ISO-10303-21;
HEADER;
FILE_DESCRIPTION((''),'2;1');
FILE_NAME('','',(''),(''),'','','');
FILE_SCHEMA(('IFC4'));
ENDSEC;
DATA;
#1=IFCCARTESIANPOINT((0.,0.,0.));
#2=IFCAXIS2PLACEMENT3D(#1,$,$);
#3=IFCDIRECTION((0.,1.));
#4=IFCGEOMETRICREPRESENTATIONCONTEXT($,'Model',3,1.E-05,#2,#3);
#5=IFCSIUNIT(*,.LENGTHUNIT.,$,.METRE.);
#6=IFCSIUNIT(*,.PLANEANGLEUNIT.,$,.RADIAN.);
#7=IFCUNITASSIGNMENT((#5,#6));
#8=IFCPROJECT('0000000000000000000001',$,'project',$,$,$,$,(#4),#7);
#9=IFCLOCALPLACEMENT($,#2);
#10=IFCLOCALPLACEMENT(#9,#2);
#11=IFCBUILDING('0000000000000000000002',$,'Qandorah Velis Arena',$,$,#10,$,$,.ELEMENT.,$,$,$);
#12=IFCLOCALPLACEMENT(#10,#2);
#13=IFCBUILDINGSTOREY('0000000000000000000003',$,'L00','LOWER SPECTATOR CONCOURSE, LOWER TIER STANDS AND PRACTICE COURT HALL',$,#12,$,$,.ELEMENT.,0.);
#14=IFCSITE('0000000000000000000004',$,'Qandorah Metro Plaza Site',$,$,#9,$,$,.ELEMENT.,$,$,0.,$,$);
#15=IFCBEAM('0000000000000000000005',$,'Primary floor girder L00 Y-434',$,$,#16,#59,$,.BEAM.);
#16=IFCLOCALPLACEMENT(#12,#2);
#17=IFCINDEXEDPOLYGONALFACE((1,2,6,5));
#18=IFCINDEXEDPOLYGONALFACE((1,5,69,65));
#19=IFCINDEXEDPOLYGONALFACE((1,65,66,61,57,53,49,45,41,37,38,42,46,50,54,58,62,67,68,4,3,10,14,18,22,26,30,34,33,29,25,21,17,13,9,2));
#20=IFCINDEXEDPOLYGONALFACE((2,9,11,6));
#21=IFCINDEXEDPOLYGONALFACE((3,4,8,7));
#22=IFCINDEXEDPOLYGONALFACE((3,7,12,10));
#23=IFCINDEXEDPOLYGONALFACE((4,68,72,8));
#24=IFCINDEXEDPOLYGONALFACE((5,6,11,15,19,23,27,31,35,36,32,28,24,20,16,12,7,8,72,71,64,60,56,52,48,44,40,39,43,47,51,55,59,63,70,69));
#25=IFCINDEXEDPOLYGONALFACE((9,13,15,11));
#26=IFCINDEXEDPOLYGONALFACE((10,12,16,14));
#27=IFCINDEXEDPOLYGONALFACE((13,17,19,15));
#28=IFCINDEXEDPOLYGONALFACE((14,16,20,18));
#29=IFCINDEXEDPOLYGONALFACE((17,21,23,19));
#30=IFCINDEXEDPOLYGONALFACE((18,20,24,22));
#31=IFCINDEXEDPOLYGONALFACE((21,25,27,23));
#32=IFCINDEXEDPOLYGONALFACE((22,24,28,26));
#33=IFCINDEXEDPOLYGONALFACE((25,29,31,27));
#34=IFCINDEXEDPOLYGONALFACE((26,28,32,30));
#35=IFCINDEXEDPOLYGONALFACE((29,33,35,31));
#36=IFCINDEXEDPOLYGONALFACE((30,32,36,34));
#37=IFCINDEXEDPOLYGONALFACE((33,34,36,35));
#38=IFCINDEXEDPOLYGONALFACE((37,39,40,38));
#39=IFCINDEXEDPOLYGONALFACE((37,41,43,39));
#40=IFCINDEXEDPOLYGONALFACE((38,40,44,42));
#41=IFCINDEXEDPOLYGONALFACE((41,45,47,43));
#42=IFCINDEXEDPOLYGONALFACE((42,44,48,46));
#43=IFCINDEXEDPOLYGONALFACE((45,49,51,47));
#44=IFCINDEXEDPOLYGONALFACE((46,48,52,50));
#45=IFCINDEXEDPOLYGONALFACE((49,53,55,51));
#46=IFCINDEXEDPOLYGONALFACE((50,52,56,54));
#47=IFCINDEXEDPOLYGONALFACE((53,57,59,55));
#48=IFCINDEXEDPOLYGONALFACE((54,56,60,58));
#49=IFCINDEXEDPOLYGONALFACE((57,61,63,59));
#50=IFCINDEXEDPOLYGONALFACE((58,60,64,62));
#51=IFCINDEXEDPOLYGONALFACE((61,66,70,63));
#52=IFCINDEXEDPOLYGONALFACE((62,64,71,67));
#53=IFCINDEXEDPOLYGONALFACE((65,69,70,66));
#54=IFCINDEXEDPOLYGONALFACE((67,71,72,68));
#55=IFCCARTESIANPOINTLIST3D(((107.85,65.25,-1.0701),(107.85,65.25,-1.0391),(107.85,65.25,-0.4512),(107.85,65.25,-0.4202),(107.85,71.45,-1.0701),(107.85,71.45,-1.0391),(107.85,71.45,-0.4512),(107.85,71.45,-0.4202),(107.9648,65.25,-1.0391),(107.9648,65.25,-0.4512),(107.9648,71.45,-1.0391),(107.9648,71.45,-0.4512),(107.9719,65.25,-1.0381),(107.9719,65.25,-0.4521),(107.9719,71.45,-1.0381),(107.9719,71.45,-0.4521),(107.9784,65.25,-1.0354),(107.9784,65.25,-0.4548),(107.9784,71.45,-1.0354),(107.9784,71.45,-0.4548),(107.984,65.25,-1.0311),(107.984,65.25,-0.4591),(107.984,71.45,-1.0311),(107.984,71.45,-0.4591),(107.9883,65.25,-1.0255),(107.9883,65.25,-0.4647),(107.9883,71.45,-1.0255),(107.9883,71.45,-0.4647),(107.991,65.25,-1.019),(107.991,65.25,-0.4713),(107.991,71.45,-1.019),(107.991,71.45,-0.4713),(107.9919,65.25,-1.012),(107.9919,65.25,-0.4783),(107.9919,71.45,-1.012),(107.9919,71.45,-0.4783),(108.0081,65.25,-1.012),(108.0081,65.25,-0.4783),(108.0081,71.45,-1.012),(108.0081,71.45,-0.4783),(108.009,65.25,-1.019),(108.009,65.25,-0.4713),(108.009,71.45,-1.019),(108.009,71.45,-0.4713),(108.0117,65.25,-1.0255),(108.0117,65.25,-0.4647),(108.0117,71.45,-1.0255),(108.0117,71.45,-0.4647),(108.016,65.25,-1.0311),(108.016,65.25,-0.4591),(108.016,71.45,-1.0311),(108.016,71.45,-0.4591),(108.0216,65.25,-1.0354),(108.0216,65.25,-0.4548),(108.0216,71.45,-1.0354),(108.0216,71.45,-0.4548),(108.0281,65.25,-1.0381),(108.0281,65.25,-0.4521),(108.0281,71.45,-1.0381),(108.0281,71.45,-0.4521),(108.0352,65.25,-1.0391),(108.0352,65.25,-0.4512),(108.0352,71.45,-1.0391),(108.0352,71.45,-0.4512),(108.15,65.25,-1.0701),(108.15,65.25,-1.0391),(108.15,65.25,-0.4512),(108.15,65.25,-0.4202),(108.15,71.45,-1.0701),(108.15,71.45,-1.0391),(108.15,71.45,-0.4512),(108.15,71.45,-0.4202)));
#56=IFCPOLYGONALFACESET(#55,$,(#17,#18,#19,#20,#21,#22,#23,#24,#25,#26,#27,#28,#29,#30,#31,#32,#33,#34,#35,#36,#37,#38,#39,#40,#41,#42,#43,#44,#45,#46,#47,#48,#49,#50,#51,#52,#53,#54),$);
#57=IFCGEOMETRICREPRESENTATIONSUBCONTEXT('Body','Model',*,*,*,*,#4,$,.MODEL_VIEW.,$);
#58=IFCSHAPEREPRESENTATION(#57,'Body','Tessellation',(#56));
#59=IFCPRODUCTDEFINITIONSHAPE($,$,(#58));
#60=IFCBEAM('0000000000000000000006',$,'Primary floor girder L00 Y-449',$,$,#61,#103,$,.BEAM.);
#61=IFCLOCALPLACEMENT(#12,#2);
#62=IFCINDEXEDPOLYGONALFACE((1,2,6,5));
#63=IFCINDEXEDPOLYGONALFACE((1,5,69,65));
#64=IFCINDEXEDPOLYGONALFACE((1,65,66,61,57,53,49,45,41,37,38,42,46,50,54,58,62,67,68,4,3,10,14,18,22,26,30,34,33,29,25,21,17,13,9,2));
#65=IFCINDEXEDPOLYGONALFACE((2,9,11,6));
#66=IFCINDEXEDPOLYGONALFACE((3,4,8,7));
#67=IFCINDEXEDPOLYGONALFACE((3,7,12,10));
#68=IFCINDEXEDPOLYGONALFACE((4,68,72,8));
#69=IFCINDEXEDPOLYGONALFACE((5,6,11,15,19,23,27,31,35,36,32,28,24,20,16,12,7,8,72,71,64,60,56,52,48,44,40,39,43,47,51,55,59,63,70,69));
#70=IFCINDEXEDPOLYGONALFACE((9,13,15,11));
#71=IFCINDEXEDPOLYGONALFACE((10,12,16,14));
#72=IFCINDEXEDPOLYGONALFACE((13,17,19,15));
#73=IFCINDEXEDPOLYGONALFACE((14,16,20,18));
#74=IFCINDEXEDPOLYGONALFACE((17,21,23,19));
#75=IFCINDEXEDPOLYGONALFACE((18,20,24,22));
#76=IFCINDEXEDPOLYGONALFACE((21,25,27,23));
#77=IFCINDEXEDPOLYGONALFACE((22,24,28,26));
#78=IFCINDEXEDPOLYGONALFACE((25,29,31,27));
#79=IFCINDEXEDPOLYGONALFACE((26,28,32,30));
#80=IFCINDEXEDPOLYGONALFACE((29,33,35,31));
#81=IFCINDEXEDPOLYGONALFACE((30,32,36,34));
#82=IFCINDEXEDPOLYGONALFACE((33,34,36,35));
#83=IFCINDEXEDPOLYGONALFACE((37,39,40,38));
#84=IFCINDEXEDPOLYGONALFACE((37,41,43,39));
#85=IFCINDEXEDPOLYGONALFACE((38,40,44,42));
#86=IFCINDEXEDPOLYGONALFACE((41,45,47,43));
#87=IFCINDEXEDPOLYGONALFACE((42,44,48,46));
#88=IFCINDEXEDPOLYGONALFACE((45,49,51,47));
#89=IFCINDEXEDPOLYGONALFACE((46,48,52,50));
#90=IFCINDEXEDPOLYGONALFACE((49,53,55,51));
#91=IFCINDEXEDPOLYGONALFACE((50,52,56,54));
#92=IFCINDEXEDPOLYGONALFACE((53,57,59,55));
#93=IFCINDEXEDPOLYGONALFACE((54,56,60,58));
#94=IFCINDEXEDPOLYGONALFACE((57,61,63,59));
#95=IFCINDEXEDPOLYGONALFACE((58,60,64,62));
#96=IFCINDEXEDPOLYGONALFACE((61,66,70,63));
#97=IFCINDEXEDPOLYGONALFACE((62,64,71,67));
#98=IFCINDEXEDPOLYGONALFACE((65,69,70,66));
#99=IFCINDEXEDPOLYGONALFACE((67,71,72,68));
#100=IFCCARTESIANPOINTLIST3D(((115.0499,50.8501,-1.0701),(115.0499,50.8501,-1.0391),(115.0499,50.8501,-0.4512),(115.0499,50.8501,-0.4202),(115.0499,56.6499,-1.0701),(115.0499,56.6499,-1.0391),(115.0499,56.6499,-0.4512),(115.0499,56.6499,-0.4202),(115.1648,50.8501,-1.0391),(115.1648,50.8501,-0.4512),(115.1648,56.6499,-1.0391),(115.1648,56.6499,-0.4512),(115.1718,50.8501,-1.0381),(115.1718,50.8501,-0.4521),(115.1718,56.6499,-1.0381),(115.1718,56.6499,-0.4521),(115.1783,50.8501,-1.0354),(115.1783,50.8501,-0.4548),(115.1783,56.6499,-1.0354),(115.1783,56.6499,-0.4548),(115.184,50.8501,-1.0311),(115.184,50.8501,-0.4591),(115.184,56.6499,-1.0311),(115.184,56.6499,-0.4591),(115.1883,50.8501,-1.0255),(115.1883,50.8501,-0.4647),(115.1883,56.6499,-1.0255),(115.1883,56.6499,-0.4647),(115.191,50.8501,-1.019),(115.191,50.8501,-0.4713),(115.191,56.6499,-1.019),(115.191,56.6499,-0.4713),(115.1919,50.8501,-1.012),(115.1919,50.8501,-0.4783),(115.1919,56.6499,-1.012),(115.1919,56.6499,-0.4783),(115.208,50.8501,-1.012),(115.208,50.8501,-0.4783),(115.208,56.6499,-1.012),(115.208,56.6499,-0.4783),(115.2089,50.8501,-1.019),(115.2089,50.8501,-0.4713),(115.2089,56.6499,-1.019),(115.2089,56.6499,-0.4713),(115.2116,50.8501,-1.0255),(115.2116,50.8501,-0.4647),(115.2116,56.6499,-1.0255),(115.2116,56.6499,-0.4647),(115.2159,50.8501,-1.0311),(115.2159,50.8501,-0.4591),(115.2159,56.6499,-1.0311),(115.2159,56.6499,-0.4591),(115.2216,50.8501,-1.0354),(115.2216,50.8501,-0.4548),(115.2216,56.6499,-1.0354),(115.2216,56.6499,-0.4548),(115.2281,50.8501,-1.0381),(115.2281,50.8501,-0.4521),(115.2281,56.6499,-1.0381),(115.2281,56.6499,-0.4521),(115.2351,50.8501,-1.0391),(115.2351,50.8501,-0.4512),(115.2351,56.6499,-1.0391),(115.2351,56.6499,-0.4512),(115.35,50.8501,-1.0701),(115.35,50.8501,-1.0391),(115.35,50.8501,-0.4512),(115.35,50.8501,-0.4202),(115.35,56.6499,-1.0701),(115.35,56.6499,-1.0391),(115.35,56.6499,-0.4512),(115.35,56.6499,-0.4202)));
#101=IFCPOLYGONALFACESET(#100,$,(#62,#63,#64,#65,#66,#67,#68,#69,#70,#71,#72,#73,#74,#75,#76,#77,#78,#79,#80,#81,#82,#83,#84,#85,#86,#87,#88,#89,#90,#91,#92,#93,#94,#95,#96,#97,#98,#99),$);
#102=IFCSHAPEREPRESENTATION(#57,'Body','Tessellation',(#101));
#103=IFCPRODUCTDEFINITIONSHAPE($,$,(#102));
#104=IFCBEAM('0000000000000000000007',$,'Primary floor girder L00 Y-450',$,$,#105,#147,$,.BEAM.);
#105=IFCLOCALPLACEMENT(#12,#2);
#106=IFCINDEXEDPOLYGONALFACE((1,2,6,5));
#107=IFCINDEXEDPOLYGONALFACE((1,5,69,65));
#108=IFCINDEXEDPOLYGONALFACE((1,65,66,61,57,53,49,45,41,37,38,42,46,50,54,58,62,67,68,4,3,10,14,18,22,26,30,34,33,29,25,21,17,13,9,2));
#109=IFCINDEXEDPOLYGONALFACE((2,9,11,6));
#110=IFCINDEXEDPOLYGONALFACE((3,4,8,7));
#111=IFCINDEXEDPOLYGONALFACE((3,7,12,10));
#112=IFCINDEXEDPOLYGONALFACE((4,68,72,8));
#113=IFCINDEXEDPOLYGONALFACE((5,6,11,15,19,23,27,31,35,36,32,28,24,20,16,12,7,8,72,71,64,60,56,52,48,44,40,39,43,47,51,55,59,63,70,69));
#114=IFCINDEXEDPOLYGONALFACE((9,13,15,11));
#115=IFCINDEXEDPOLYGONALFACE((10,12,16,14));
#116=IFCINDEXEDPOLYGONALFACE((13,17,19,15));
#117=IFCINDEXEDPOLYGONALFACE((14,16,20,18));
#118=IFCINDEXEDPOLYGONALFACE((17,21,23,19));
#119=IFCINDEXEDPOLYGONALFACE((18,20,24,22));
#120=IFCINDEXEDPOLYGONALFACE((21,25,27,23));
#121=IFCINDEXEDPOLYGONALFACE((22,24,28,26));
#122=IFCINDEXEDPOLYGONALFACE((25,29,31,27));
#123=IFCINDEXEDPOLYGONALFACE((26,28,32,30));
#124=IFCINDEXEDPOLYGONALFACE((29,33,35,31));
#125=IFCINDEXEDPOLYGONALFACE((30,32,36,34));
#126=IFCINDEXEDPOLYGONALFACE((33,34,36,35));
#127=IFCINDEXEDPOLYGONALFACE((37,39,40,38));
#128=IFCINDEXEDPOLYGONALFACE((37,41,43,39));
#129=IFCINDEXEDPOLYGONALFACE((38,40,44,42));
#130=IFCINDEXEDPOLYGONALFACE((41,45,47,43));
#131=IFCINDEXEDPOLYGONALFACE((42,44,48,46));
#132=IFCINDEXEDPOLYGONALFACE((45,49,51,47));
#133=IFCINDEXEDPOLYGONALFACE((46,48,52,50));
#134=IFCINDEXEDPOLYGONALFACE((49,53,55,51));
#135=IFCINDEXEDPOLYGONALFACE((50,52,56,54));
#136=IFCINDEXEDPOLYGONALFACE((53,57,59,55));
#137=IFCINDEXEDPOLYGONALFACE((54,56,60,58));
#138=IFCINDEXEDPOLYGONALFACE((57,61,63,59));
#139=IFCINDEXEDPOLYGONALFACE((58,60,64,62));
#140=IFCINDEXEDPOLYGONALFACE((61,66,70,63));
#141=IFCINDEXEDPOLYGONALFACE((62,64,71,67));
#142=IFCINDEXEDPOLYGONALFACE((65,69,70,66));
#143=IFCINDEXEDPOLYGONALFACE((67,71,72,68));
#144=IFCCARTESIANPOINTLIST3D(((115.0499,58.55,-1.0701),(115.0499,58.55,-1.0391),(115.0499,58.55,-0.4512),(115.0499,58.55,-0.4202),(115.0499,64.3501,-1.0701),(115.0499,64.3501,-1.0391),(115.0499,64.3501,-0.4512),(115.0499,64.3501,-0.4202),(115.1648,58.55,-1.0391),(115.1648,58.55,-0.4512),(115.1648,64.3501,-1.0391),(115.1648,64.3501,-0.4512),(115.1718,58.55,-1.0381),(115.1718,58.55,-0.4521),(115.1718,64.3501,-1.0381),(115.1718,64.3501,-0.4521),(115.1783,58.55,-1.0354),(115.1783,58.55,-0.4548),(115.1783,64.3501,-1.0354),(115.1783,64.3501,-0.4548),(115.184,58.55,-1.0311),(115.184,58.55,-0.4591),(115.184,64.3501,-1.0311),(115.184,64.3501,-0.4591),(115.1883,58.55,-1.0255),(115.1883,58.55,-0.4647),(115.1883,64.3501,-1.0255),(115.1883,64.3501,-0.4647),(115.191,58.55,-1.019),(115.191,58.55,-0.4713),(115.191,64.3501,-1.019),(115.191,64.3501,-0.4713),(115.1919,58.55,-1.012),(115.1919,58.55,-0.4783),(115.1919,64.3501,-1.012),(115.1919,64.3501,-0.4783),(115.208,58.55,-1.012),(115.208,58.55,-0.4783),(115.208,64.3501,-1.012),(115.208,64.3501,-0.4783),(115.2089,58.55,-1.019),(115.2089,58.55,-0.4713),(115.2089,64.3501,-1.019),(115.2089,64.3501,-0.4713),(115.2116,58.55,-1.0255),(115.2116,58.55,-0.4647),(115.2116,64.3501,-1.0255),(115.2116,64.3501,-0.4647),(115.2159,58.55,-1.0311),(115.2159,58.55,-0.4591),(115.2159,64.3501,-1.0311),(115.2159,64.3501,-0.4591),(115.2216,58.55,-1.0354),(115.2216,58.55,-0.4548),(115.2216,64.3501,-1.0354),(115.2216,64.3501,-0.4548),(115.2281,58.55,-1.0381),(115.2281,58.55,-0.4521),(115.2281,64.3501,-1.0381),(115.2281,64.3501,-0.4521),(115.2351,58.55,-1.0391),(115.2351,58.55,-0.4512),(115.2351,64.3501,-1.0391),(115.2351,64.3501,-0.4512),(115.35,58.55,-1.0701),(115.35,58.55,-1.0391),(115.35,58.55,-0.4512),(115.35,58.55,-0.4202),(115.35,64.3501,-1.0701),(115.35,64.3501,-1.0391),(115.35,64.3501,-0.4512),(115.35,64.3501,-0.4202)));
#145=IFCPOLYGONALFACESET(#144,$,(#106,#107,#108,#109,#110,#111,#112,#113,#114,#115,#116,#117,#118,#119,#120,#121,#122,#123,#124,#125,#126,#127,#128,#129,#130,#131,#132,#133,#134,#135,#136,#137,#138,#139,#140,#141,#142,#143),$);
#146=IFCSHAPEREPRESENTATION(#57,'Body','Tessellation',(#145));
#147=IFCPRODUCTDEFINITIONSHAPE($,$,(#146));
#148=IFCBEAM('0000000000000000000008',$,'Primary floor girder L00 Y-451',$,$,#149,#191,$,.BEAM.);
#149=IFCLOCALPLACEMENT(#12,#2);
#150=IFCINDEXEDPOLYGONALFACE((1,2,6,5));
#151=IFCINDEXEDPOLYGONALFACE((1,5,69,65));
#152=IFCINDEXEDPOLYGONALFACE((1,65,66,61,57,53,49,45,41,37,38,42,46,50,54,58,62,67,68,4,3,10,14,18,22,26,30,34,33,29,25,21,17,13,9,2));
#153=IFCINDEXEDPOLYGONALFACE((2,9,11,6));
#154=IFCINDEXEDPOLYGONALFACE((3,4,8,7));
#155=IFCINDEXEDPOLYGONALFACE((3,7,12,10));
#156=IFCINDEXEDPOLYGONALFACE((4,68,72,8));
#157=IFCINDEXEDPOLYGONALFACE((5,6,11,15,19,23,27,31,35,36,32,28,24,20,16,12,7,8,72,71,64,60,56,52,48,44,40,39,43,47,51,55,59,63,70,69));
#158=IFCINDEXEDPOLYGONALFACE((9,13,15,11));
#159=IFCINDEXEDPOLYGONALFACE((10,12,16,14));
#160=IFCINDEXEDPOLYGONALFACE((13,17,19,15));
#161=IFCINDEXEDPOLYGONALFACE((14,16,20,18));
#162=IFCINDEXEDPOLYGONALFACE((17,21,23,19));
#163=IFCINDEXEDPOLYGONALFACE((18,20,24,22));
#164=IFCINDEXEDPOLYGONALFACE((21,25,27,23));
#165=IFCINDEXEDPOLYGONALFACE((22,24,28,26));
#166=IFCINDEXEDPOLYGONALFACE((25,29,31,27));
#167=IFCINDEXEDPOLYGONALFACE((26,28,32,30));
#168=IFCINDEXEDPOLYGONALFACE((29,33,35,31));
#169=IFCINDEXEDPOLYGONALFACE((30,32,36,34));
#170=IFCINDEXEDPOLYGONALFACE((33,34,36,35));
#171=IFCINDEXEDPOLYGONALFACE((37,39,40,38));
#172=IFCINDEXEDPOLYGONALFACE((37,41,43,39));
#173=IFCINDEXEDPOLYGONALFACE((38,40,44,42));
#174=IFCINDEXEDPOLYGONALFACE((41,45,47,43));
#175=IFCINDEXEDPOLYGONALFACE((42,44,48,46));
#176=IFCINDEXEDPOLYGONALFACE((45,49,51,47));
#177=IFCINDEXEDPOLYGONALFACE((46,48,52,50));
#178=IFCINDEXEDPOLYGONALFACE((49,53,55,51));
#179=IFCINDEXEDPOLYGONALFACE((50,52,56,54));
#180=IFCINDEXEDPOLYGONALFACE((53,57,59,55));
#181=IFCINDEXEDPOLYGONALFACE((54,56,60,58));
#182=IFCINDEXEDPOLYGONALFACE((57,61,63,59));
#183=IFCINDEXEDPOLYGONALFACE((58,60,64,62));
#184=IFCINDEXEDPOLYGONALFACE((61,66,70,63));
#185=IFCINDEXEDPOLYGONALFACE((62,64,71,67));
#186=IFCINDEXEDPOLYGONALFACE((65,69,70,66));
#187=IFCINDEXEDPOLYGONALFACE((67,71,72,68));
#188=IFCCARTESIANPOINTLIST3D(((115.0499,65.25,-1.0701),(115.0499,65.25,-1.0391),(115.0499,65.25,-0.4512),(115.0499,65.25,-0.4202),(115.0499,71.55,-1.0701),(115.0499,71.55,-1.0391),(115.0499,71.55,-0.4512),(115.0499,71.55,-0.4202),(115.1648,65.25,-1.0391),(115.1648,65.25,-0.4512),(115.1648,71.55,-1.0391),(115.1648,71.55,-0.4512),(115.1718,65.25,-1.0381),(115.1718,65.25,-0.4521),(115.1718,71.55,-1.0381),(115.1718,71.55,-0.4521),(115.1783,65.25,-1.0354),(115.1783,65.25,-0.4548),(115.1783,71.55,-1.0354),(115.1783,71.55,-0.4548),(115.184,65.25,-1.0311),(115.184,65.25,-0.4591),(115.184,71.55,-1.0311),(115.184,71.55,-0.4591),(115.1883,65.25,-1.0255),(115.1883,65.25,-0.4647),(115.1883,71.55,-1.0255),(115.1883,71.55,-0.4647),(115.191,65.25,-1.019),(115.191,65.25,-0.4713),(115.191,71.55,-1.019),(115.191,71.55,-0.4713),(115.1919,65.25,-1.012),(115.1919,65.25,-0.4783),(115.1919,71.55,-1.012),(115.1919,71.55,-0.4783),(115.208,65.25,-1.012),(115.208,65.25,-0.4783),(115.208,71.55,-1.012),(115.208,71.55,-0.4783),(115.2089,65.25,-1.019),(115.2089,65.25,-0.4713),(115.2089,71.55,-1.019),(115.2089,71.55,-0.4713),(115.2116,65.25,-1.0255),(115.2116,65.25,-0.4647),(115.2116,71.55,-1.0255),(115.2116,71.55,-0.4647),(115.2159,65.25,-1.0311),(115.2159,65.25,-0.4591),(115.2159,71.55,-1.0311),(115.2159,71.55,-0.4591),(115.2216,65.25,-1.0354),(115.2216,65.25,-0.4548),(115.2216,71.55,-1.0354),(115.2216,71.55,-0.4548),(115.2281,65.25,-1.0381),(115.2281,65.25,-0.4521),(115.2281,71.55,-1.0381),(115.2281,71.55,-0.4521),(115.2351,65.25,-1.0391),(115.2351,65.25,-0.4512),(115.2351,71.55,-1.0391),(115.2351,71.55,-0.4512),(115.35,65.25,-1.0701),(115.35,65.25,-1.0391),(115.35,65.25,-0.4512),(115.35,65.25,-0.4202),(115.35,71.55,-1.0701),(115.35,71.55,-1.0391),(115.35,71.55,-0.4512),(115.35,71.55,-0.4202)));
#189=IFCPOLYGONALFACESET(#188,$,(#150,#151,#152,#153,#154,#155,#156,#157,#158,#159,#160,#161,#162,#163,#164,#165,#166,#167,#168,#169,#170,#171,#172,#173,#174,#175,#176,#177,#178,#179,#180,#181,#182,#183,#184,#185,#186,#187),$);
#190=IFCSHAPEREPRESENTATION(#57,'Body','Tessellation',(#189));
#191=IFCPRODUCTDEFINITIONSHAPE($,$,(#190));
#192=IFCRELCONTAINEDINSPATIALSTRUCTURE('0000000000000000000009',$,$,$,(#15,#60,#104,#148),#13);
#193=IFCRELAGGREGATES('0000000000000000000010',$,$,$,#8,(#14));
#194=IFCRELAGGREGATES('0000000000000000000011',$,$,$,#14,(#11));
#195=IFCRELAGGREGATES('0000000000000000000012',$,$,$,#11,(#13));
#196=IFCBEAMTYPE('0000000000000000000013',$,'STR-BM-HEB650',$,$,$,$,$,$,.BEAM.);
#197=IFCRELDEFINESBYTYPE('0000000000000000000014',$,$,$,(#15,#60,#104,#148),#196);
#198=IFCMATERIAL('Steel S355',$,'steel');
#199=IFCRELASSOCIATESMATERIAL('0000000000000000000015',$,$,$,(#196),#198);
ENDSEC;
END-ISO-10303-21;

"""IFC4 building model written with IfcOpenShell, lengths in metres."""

from ifc_helpers import new_model, si_unit, direction, frame, origin, origin_2d, place, context, subcontext, project, spatial, i_section, extrude, material, material_profile, profile_set, type_object, element, save


model = new_model("IFC4")

# Units and contexts
model_context = context("Model", 3, precision=1e-05, world=origin(), true_north=direction((0.0, 1.0)))
body_context = subcontext(model_context, "Body", "Model", "MODEL_VIEW")
ifc_project = project(units=[si_unit("LENGTHUNIT", "METRE"), si_unit("PLANEANGLEUNIT", "RADIAN")], contexts=[model_context])

# Site, building, storey
site_placement = place(None, origin())
site = spatial("IfcSite", under=ifc_project, at=site_placement, Name="Qandorah Metro Plaza Site", CompositionType="ELEMENT", RefElevation=0.0)
building_placement = place(site_placement, origin())
building = spatial("IfcBuilding", under=site, at=building_placement, Name="Qandorah Velis Arena", CompositionType="ELEMENT")
storey_placement = place(building_placement, origin())
storey = spatial("IfcBuildingStorey", under=building, at=storey_placement, Name="L00", Description="LOWER SPECTATOR CONCOURSE, LOWER TIER STANDS AND PRACTICE COURT HALL", CompositionType="ELEMENT", Elevation=0.0)

# Beams
ifc_material_1 = material(Name="Steel S355", Category="steel")
ifc_material_profile_1 = material_profile(ifc_material_1, i_section(OverallWidth=0.3, OverallDepth=0.6499, WebThickness=0.0161, FlangeThickness=0.031, FilletRadius=0.0271, at=origin_2d()), Name="HEB 650")
ifc_profile_set_1 = profile_set([ifc_material_profile_1], Name="Steel S355")
beam_type_1 = type_object("IfcBeamType", Name="STR-BM-HEB650", PredefinedType="BEAM", material=ifc_profile_set_1)
beam_1_placement = place(storey_placement, frame((108.0, 65.25, -0.7451), z_axis=(0.0, 1.0, 0.0), x_axis=(-1.0, 0.0, 0.0)))
element("IfcBeam", 1, at=beam_1_placement, inside=storey, type_object=beam_type_1, Name="Primary floor girder L00 Y-434", PredefinedType="BEAM", context=body_context, shape_type="SweptSolid", body=[
    extrude(i_section(OverallWidth=0.3, OverallDepth=0.6499, WebThickness=0.0161, FlangeThickness=0.031, FilletRadius=0.0271, at=origin_2d()), origin(), (0.0, 0.0, 1.0), 6.2),
])
beam_2_placement = place(storey_placement, frame((115.2, 50.8501, -0.7451), z_axis=(0.0, 1.0, 0.0), x_axis=(-1.0, 0.0, 0.0)))
element("IfcBeam", 2, at=beam_2_placement, inside=storey, type_object=beam_type_1, Name="Primary floor girder L00 Y-449", PredefinedType="BEAM", context=body_context, shape_type="SweptSolid", body=[
    extrude(i_section(OverallWidth=0.3, OverallDepth=0.6499, WebThickness=0.0161, FlangeThickness=0.031, FilletRadius=0.0271, at=origin_2d()), origin(), (0.0, 0.0, 1.0), 5.7998),
])
beam_3_placement = place(storey_placement, frame((115.2, 58.55, -0.7451), z_axis=(0.0, 1.0, 0.0), x_axis=(-1.0, 0.0, 0.0)))
element("IfcBeam", 3, at=beam_3_placement, inside=storey, type_object=beam_type_1, Name="Primary floor girder L00 Y-450", PredefinedType="BEAM", context=body_context, shape_type="SweptSolid", body=[
    extrude(i_section(OverallWidth=0.3, OverallDepth=0.6499, WebThickness=0.0161, FlangeThickness=0.031, FilletRadius=0.0271, at=origin_2d()), origin(), (0.0, 0.0, 1.0), 5.8),
])
beam_4_placement = place(storey_placement, frame((115.2, 65.25, -0.7451), z_axis=(0.0, 1.0, 0.0), x_axis=(-1.0, 0.0, 0.0)))
element("IfcBeam", 4, at=beam_4_placement, inside=storey, type_object=beam_type_1, Name="Primary floor girder L00 Y-451", PredefinedType="BEAM", context=body_context, shape_type="SweptSolid", body=[
    extrude(i_section(OverallWidth=0.3, OverallDepth=0.6499, WebThickness=0.0161, FlangeThickness=0.031, FilletRadius=0.0271, at=origin_2d()), origin(), (0.0, 0.0, 1.0), 6.3),
])

save(model, "model.ifc")
